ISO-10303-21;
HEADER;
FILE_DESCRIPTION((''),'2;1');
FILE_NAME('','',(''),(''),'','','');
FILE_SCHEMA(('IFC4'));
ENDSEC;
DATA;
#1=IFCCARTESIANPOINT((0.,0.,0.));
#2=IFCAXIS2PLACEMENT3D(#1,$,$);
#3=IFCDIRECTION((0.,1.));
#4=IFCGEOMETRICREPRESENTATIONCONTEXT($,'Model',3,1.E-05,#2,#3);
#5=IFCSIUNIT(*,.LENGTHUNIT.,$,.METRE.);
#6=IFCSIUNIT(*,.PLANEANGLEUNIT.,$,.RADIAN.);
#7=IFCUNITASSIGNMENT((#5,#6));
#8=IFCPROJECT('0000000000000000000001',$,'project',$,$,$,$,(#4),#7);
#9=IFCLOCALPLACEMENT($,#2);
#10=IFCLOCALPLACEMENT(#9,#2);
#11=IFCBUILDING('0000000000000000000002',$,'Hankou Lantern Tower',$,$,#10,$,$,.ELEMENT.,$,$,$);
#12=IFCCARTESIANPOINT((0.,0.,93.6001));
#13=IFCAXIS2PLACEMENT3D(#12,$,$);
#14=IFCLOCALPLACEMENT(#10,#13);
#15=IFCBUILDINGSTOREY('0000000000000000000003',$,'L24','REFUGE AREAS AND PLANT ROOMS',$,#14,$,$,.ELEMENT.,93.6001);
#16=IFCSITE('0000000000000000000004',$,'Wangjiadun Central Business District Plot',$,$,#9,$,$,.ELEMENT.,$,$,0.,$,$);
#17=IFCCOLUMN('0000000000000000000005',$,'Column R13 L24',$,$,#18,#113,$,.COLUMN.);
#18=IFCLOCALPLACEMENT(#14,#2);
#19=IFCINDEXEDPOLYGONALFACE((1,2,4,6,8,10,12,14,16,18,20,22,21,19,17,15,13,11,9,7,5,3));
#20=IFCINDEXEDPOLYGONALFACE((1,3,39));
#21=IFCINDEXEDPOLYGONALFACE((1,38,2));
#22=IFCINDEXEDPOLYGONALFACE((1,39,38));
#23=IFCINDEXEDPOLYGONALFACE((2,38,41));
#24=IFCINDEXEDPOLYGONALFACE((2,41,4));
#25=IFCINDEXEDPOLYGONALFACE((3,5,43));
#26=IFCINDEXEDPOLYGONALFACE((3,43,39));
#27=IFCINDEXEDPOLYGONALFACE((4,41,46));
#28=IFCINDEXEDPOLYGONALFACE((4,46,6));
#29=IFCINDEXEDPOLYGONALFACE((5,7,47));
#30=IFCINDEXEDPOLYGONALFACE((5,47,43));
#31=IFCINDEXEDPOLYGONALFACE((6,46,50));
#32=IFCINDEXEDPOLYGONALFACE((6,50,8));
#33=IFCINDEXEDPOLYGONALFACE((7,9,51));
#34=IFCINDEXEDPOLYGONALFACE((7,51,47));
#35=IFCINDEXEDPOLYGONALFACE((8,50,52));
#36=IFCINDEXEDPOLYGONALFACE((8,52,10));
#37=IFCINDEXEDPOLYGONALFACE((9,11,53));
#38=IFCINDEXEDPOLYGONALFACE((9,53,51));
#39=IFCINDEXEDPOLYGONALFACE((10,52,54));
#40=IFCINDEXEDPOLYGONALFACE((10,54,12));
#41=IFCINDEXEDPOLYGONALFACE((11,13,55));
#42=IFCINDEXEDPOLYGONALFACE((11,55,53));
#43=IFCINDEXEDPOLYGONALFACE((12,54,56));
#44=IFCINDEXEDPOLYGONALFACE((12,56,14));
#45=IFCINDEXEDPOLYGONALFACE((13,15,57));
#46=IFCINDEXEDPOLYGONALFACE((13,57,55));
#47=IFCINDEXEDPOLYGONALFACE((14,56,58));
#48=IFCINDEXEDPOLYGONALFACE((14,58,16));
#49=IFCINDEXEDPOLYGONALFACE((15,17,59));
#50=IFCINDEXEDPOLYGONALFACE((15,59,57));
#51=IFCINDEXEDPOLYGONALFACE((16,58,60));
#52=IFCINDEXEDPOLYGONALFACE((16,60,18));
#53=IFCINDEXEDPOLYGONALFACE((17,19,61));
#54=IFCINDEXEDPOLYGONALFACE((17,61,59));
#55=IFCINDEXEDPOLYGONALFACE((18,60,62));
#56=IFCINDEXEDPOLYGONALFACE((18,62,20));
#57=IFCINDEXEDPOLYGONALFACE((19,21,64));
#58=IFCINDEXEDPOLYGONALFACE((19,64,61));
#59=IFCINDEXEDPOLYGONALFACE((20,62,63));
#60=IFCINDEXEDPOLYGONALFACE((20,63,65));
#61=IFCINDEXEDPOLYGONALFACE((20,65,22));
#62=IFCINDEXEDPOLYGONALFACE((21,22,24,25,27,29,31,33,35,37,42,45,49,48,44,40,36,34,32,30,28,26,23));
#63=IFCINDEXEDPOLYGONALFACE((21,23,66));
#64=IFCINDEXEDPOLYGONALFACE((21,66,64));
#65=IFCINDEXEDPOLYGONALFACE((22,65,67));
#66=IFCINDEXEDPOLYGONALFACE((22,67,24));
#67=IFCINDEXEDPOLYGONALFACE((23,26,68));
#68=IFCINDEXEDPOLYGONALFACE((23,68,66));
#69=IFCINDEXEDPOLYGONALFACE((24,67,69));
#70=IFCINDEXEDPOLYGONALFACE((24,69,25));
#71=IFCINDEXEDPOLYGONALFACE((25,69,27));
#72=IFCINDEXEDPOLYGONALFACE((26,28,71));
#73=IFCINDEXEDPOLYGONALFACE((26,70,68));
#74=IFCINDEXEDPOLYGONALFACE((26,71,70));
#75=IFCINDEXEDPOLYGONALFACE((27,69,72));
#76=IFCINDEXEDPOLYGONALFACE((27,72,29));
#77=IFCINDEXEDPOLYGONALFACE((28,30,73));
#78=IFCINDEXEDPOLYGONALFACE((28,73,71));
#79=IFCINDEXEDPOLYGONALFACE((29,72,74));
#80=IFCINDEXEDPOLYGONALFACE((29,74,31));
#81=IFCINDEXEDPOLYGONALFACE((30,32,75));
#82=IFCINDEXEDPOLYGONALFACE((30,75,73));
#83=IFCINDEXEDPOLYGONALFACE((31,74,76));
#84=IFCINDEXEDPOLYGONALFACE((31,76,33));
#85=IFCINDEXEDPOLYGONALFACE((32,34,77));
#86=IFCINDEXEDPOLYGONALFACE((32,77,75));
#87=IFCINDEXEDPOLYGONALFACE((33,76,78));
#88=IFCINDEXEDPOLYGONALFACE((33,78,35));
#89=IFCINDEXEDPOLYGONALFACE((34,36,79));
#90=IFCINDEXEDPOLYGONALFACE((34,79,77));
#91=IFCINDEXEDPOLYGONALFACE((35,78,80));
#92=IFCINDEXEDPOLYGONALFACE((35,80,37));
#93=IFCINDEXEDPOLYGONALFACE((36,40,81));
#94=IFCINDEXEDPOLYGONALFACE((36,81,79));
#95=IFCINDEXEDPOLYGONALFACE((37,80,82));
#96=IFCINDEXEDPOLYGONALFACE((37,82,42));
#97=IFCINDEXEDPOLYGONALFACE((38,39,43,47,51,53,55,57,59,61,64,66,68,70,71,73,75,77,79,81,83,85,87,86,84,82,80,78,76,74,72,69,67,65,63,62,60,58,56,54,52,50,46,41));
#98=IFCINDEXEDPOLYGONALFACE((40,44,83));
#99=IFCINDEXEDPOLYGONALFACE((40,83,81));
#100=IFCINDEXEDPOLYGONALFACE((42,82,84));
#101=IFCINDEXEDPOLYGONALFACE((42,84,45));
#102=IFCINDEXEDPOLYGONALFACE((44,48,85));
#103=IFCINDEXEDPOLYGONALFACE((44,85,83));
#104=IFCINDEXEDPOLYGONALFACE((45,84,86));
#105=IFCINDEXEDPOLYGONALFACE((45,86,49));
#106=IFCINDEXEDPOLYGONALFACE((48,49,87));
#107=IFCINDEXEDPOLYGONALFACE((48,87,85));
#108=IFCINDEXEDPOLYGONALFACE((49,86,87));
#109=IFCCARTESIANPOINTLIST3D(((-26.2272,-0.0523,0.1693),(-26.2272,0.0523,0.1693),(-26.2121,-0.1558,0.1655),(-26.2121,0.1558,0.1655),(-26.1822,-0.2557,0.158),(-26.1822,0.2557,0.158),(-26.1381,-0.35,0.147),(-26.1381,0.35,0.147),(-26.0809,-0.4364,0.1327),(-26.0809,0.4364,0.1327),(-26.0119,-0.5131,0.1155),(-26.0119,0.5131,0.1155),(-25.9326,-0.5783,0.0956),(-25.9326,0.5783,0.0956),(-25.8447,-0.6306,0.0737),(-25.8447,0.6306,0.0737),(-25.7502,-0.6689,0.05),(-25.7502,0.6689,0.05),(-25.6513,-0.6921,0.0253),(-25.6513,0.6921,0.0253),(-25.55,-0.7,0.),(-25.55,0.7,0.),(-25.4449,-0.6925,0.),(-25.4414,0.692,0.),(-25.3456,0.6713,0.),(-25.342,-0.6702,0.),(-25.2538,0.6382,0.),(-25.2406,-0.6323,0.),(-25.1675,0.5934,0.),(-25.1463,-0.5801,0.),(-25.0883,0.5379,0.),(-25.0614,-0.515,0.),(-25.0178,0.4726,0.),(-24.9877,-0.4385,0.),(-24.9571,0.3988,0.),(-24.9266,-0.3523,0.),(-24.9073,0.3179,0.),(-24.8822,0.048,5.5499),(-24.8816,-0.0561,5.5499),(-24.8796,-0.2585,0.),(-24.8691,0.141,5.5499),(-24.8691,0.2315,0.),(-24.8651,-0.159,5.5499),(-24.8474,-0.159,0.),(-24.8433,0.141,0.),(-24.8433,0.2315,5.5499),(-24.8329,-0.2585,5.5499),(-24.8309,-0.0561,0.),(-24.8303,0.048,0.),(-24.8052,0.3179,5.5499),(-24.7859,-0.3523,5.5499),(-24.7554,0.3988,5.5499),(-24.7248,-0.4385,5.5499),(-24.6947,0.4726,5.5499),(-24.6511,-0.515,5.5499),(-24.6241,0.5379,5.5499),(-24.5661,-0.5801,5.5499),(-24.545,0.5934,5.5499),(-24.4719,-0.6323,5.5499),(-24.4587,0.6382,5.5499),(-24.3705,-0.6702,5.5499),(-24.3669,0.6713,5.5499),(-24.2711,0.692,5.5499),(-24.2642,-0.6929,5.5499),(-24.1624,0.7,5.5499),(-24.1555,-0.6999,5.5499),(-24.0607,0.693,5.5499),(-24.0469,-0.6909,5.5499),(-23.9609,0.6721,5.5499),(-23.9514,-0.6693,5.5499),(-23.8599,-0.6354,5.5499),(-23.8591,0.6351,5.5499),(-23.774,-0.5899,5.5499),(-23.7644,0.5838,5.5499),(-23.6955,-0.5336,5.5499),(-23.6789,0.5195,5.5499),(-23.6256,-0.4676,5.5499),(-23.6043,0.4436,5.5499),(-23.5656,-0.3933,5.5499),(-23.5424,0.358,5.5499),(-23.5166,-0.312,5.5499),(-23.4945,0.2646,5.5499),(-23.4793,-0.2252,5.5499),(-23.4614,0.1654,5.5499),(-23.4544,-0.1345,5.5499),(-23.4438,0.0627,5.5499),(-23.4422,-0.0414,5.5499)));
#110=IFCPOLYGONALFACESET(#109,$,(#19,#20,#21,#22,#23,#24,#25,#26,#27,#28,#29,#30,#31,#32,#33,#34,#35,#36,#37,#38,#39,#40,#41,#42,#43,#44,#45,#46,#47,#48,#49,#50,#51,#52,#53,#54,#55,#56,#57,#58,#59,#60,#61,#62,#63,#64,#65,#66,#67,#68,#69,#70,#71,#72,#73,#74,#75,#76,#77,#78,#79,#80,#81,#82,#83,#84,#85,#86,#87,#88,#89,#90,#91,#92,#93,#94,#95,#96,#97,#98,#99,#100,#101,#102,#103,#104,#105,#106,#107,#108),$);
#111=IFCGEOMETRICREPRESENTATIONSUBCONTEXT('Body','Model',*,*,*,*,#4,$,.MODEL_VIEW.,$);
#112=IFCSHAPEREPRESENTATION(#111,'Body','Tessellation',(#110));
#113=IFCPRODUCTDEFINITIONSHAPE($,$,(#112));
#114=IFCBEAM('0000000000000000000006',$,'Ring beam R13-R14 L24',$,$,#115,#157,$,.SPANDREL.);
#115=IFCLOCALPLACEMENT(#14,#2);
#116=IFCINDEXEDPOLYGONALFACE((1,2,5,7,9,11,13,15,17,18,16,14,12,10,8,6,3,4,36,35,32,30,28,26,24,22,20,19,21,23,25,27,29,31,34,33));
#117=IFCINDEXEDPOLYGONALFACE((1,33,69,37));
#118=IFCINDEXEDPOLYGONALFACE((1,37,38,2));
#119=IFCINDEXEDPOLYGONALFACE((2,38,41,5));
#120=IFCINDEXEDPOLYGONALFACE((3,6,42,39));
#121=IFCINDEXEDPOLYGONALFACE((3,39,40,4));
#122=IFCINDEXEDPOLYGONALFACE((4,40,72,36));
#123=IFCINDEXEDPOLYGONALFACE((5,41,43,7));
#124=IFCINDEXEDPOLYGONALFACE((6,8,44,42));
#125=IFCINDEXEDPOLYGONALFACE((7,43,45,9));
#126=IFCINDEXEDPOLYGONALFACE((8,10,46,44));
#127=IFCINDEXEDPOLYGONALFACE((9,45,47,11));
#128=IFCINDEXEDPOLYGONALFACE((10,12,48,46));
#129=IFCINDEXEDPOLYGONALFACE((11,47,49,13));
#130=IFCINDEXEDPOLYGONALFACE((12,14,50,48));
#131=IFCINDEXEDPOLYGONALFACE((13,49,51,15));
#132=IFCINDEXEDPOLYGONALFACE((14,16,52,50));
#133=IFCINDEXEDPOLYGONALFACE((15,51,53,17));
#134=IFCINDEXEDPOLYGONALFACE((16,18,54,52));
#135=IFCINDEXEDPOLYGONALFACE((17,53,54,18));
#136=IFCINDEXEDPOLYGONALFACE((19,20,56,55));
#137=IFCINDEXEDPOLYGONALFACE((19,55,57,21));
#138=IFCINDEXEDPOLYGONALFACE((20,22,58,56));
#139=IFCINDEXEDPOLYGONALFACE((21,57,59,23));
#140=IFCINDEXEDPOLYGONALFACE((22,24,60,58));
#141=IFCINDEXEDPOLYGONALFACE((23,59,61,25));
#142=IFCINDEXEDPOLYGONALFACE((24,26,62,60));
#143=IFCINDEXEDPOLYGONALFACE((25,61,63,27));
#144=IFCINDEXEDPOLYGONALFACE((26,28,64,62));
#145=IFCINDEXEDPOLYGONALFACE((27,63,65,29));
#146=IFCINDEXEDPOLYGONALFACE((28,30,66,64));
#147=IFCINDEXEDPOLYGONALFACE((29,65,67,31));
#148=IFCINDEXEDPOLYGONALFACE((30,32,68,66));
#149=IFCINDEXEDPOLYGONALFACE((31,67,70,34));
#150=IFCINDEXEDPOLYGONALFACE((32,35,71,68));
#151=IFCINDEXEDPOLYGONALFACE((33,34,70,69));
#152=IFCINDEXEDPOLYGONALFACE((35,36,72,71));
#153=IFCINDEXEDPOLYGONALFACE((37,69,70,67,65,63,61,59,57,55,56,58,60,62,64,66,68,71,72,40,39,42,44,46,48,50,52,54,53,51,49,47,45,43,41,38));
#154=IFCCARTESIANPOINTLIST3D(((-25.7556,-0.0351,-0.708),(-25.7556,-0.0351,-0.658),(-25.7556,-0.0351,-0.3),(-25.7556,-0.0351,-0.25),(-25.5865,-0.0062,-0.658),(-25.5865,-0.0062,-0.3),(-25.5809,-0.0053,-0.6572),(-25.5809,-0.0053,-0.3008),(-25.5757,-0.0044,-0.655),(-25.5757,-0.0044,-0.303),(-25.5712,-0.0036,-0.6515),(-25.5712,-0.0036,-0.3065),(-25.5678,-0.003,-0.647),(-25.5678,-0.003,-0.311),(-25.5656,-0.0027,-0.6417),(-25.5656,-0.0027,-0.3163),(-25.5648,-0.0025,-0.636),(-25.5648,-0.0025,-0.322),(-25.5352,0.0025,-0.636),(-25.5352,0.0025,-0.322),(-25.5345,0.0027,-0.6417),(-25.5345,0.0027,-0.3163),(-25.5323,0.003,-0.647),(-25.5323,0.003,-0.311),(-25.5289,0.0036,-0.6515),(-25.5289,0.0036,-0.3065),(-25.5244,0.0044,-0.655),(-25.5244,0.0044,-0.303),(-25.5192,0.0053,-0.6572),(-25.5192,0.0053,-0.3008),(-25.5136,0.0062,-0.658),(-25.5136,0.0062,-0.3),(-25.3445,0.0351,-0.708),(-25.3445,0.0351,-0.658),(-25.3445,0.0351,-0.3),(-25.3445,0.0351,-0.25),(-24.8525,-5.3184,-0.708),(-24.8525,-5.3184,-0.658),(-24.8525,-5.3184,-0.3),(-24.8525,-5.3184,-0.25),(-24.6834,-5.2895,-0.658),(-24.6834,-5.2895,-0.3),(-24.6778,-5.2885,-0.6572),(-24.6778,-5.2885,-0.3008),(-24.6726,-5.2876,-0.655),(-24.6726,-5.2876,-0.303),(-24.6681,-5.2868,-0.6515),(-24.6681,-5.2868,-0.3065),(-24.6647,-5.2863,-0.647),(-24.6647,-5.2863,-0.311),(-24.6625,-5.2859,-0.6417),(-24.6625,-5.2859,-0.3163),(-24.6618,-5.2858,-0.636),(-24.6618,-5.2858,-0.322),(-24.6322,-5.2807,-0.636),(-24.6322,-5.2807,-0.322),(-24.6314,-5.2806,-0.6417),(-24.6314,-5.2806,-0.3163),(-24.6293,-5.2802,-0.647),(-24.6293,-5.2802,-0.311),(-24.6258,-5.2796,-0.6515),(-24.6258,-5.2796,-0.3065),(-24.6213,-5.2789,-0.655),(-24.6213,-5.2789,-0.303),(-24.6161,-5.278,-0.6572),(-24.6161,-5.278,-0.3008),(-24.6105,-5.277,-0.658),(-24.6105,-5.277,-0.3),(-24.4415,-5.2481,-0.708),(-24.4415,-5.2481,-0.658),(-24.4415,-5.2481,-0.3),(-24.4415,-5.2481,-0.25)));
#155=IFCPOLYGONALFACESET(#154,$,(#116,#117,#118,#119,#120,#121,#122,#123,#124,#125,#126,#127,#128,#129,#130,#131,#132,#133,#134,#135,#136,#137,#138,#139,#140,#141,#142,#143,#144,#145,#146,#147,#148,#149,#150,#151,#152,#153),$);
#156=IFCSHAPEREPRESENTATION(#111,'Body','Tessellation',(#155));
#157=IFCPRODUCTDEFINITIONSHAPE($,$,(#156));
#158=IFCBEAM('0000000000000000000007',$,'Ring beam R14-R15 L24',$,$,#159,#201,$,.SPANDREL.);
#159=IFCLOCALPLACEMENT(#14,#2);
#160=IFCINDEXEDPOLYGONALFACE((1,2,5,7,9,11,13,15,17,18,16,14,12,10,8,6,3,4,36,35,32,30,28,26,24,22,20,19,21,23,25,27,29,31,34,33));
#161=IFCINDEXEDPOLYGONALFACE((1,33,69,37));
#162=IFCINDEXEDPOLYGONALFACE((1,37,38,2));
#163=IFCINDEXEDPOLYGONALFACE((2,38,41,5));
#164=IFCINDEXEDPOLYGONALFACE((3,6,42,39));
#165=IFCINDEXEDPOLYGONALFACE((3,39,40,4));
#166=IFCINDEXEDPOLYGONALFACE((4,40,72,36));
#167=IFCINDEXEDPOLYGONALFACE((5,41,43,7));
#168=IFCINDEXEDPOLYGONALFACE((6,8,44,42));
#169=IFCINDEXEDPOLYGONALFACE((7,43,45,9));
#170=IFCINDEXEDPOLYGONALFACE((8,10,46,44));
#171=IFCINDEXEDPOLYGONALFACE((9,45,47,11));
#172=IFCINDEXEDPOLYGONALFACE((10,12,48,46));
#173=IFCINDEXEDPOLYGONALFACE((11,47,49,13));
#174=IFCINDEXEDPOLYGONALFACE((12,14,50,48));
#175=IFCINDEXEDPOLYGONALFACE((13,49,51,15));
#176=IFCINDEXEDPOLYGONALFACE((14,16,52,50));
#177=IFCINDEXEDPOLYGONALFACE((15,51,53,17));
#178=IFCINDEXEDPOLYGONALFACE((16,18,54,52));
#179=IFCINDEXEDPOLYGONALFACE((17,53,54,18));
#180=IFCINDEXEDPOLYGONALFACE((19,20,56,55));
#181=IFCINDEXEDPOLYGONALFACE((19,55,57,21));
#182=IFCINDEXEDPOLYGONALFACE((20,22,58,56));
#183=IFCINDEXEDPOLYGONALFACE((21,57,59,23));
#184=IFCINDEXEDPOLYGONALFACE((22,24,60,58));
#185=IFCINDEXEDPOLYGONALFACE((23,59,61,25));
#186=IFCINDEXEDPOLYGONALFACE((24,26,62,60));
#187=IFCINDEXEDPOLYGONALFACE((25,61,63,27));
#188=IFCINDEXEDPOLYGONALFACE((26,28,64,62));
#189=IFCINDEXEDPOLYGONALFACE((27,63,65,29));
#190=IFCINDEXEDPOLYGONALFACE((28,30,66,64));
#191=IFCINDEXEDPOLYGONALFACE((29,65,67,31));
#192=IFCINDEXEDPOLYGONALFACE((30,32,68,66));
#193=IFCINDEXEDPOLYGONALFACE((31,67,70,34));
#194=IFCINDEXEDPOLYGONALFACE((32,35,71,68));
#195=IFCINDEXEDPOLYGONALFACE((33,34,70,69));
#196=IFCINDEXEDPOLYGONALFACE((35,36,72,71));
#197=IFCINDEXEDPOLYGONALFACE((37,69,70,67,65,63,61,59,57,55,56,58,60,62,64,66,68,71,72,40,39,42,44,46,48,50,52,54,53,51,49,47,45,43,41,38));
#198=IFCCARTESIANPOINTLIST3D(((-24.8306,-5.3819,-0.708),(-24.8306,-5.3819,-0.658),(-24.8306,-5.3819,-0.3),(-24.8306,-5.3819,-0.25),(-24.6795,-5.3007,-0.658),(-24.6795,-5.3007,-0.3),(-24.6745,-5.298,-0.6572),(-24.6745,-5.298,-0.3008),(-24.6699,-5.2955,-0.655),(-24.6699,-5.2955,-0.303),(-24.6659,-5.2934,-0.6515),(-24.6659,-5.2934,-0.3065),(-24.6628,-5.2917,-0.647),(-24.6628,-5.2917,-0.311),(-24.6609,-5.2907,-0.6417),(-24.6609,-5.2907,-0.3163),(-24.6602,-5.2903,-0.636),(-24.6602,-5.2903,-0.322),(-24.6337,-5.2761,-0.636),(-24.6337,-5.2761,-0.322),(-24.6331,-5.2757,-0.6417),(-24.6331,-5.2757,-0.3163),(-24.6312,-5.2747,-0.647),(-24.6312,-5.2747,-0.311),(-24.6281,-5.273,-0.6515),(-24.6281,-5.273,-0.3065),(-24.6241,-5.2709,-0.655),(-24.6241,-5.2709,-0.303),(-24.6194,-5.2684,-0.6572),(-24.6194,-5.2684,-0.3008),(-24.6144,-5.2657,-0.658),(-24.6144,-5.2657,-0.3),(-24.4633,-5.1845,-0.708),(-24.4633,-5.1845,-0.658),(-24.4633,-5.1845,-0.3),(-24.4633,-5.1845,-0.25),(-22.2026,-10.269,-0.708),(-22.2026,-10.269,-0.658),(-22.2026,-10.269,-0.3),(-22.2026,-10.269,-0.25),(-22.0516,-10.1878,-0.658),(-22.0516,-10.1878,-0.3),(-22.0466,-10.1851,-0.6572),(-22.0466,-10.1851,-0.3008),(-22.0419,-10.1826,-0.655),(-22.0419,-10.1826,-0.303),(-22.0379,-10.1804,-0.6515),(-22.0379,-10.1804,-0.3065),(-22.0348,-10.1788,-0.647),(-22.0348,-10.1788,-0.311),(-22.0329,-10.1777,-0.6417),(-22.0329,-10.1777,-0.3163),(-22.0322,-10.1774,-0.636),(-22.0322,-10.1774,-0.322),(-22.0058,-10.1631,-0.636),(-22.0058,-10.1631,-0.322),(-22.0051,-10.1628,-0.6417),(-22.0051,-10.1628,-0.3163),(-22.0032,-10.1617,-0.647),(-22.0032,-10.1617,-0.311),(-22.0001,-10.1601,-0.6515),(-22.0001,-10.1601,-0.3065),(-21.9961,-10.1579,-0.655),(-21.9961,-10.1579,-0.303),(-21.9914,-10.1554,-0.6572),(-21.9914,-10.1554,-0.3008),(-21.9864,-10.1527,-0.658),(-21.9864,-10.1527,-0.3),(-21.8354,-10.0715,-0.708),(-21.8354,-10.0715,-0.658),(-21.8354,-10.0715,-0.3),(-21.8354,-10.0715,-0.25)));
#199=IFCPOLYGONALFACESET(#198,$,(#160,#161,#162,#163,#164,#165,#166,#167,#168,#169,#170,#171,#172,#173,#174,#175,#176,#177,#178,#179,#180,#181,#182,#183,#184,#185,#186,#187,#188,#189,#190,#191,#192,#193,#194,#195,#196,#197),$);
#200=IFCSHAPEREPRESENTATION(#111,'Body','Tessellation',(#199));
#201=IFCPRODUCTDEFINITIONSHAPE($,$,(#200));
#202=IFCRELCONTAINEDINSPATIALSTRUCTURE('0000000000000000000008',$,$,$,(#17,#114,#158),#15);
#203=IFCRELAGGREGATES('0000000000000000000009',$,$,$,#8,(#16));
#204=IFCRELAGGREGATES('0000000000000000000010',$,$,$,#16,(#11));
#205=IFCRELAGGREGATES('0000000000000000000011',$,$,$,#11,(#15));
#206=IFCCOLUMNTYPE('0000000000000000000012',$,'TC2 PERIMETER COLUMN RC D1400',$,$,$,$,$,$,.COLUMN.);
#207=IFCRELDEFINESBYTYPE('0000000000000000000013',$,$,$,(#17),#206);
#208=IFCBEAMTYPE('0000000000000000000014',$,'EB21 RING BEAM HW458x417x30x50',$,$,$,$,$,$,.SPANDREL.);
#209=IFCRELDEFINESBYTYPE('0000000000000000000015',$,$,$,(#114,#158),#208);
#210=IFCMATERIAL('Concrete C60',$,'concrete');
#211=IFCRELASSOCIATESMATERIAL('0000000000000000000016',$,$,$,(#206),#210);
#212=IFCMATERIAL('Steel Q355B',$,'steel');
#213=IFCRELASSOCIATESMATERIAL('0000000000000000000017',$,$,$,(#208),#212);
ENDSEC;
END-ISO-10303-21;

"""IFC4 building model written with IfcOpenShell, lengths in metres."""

from ifc_helpers import new_model, si_unit, direction, frame, origin, origin_2d, place, context, subcontext, project, spatial, circle, i_section, extrude, clip, halfspace, material, material_profile, profile_set, type_object, element, save


model = new_model("IFC4")

# Units and contexts
model_context = context("Model", 3, precision=1e-05, world=origin(), true_north=direction((0.0, 1.0)))
body_context = subcontext(model_context, "Body", "Model", "MODEL_VIEW")
ifc_project = project(units=[si_unit("LENGTHUNIT", "METRE"), si_unit("PLANEANGLEUNIT", "RADIAN")], contexts=[model_context])

# Site, building, storey
site_placement = place(None, origin())
site = spatial("IfcSite", under=ifc_project, at=site_placement, Name="Wangjiadun Central Business District Plot", CompositionType="ELEMENT", RefElevation=0.0)
building_placement = place(site_placement, origin())
building = spatial("IfcBuilding", under=site, at=building_placement, Name="Hankou Lantern Tower", CompositionType="ELEMENT")
storey_placement = place(building_placement, frame((0.0, 0.0, 93.6001)))
storey = spatial("IfcBuildingStorey", under=building, at=storey_placement, Name="L24", Description="REFUGE AREAS AND PLANT ROOMS", CompositionType="ELEMENT", Elevation=93.6001)

# Column
ifc_material_1 = material(Name="Concrete C60", Category="concrete")
ifc_material_profile_1 = material_profile(ifc_material_1, circle(Radius=0.7, at=origin_2d()), Name="RC D1400")
ifc_profile_set_1 = profile_set([ifc_material_profile_1], Name="Concrete C60")
column_type = type_object("IfcColumnType", Name="TC2 PERIMETER COLUMN RC D1400", PredefinedType="COLUMN", material=ifc_profile_set_1)
column_1_placement = place(storey_placement, frame((-25.55, 0.0, 0.0), z_axis=(0.242561, 0.0, 0.970136), x_axis=(0.0, 1.0, 0.0)))
element("IfcColumn", 1, at=column_1_placement, inside=storey, type_object=column_type, Name="Column R13 L24", PredefinedType="COLUMN", context=body_context, shape_type="Clipping", body=[
    clip(clip(extrude(circle(Radius=0.7, at=origin_2d()), origin(), (0.0, 0.0, 1.0), 6.803), halfspace(frame((0.0, 0.0, 0.0), z_axis=(0.0, -0.242561, -0.970136), x_axis=(0.0, -0.970136, 0.242561)), False)), halfspace(frame((0.0, 0.0, 5.7207), z_axis=(0.0, 0.242561, 0.970136), x_axis=(0.0, -0.970136, 0.242561)), False)),
])

# Beams
ifc_material_2 = material(Name="Steel Q355B", Category="steel")
ifc_material_profile_2 = material_profile(ifc_material_2, i_section(OverallWidth=0.417, OverallDepth=0.458, WebThickness=0.03, FlangeThickness=0.05, FilletRadius=0.022, at=origin_2d()), Name="HW458x417x30x50")
ifc_profile_set_2 = profile_set([ifc_material_profile_2], Name="Steel Q355B")
beam_type_1 = type_object("IfcBeamType", Name="EB21 RING BEAM HW458x417x30x50", PredefinedType="SPANDREL", material=ifc_profile_set_2)
beam_1_placement = place(storey_placement, frame((-25.55, 0.0, -0.479), z_axis=(0.16849, -0.985703, 0.0), x_axis=(0.985703, 0.16849, 0.0)))
element("IfcBeam", 2, at=beam_1_placement, inside=storey, type_object=beam_type_1, Name="Ring beam R13-R14 L24", PredefinedType="SPANDREL", context=body_context, shape_type="SweptSolid", body=[
    extrude(i_section(OverallWidth=0.417, OverallDepth=0.458, WebThickness=0.03, FlangeThickness=0.05, FilletRadius=0.022, at=origin_2d()), origin(), (0.0, 0.0, 1.0), 5.3599),
])
beam_2_placement = place(storey_placement, frame((-24.647, -5.2832, -0.479), z_axis=(0.473609, -0.880735, 0.0), x_axis=(0.880735, 0.473609, 0.0)))
element("IfcBeam", 3, at=beam_2_placement, inside=storey, type_object=beam_type_1, Name="Ring beam R14-R15 L24", PredefinedType="SPANDREL", context=body_context, shape_type="SweptSolid", body=[
    extrude(i_section(OverallWidth=0.417, OverallDepth=0.458, WebThickness=0.03, FlangeThickness=0.05, FilletRadius=0.022, at=origin_2d()), origin(), (0.0, 0.0, 1.0), 5.5488),
])

save(model, "model.ifc")
